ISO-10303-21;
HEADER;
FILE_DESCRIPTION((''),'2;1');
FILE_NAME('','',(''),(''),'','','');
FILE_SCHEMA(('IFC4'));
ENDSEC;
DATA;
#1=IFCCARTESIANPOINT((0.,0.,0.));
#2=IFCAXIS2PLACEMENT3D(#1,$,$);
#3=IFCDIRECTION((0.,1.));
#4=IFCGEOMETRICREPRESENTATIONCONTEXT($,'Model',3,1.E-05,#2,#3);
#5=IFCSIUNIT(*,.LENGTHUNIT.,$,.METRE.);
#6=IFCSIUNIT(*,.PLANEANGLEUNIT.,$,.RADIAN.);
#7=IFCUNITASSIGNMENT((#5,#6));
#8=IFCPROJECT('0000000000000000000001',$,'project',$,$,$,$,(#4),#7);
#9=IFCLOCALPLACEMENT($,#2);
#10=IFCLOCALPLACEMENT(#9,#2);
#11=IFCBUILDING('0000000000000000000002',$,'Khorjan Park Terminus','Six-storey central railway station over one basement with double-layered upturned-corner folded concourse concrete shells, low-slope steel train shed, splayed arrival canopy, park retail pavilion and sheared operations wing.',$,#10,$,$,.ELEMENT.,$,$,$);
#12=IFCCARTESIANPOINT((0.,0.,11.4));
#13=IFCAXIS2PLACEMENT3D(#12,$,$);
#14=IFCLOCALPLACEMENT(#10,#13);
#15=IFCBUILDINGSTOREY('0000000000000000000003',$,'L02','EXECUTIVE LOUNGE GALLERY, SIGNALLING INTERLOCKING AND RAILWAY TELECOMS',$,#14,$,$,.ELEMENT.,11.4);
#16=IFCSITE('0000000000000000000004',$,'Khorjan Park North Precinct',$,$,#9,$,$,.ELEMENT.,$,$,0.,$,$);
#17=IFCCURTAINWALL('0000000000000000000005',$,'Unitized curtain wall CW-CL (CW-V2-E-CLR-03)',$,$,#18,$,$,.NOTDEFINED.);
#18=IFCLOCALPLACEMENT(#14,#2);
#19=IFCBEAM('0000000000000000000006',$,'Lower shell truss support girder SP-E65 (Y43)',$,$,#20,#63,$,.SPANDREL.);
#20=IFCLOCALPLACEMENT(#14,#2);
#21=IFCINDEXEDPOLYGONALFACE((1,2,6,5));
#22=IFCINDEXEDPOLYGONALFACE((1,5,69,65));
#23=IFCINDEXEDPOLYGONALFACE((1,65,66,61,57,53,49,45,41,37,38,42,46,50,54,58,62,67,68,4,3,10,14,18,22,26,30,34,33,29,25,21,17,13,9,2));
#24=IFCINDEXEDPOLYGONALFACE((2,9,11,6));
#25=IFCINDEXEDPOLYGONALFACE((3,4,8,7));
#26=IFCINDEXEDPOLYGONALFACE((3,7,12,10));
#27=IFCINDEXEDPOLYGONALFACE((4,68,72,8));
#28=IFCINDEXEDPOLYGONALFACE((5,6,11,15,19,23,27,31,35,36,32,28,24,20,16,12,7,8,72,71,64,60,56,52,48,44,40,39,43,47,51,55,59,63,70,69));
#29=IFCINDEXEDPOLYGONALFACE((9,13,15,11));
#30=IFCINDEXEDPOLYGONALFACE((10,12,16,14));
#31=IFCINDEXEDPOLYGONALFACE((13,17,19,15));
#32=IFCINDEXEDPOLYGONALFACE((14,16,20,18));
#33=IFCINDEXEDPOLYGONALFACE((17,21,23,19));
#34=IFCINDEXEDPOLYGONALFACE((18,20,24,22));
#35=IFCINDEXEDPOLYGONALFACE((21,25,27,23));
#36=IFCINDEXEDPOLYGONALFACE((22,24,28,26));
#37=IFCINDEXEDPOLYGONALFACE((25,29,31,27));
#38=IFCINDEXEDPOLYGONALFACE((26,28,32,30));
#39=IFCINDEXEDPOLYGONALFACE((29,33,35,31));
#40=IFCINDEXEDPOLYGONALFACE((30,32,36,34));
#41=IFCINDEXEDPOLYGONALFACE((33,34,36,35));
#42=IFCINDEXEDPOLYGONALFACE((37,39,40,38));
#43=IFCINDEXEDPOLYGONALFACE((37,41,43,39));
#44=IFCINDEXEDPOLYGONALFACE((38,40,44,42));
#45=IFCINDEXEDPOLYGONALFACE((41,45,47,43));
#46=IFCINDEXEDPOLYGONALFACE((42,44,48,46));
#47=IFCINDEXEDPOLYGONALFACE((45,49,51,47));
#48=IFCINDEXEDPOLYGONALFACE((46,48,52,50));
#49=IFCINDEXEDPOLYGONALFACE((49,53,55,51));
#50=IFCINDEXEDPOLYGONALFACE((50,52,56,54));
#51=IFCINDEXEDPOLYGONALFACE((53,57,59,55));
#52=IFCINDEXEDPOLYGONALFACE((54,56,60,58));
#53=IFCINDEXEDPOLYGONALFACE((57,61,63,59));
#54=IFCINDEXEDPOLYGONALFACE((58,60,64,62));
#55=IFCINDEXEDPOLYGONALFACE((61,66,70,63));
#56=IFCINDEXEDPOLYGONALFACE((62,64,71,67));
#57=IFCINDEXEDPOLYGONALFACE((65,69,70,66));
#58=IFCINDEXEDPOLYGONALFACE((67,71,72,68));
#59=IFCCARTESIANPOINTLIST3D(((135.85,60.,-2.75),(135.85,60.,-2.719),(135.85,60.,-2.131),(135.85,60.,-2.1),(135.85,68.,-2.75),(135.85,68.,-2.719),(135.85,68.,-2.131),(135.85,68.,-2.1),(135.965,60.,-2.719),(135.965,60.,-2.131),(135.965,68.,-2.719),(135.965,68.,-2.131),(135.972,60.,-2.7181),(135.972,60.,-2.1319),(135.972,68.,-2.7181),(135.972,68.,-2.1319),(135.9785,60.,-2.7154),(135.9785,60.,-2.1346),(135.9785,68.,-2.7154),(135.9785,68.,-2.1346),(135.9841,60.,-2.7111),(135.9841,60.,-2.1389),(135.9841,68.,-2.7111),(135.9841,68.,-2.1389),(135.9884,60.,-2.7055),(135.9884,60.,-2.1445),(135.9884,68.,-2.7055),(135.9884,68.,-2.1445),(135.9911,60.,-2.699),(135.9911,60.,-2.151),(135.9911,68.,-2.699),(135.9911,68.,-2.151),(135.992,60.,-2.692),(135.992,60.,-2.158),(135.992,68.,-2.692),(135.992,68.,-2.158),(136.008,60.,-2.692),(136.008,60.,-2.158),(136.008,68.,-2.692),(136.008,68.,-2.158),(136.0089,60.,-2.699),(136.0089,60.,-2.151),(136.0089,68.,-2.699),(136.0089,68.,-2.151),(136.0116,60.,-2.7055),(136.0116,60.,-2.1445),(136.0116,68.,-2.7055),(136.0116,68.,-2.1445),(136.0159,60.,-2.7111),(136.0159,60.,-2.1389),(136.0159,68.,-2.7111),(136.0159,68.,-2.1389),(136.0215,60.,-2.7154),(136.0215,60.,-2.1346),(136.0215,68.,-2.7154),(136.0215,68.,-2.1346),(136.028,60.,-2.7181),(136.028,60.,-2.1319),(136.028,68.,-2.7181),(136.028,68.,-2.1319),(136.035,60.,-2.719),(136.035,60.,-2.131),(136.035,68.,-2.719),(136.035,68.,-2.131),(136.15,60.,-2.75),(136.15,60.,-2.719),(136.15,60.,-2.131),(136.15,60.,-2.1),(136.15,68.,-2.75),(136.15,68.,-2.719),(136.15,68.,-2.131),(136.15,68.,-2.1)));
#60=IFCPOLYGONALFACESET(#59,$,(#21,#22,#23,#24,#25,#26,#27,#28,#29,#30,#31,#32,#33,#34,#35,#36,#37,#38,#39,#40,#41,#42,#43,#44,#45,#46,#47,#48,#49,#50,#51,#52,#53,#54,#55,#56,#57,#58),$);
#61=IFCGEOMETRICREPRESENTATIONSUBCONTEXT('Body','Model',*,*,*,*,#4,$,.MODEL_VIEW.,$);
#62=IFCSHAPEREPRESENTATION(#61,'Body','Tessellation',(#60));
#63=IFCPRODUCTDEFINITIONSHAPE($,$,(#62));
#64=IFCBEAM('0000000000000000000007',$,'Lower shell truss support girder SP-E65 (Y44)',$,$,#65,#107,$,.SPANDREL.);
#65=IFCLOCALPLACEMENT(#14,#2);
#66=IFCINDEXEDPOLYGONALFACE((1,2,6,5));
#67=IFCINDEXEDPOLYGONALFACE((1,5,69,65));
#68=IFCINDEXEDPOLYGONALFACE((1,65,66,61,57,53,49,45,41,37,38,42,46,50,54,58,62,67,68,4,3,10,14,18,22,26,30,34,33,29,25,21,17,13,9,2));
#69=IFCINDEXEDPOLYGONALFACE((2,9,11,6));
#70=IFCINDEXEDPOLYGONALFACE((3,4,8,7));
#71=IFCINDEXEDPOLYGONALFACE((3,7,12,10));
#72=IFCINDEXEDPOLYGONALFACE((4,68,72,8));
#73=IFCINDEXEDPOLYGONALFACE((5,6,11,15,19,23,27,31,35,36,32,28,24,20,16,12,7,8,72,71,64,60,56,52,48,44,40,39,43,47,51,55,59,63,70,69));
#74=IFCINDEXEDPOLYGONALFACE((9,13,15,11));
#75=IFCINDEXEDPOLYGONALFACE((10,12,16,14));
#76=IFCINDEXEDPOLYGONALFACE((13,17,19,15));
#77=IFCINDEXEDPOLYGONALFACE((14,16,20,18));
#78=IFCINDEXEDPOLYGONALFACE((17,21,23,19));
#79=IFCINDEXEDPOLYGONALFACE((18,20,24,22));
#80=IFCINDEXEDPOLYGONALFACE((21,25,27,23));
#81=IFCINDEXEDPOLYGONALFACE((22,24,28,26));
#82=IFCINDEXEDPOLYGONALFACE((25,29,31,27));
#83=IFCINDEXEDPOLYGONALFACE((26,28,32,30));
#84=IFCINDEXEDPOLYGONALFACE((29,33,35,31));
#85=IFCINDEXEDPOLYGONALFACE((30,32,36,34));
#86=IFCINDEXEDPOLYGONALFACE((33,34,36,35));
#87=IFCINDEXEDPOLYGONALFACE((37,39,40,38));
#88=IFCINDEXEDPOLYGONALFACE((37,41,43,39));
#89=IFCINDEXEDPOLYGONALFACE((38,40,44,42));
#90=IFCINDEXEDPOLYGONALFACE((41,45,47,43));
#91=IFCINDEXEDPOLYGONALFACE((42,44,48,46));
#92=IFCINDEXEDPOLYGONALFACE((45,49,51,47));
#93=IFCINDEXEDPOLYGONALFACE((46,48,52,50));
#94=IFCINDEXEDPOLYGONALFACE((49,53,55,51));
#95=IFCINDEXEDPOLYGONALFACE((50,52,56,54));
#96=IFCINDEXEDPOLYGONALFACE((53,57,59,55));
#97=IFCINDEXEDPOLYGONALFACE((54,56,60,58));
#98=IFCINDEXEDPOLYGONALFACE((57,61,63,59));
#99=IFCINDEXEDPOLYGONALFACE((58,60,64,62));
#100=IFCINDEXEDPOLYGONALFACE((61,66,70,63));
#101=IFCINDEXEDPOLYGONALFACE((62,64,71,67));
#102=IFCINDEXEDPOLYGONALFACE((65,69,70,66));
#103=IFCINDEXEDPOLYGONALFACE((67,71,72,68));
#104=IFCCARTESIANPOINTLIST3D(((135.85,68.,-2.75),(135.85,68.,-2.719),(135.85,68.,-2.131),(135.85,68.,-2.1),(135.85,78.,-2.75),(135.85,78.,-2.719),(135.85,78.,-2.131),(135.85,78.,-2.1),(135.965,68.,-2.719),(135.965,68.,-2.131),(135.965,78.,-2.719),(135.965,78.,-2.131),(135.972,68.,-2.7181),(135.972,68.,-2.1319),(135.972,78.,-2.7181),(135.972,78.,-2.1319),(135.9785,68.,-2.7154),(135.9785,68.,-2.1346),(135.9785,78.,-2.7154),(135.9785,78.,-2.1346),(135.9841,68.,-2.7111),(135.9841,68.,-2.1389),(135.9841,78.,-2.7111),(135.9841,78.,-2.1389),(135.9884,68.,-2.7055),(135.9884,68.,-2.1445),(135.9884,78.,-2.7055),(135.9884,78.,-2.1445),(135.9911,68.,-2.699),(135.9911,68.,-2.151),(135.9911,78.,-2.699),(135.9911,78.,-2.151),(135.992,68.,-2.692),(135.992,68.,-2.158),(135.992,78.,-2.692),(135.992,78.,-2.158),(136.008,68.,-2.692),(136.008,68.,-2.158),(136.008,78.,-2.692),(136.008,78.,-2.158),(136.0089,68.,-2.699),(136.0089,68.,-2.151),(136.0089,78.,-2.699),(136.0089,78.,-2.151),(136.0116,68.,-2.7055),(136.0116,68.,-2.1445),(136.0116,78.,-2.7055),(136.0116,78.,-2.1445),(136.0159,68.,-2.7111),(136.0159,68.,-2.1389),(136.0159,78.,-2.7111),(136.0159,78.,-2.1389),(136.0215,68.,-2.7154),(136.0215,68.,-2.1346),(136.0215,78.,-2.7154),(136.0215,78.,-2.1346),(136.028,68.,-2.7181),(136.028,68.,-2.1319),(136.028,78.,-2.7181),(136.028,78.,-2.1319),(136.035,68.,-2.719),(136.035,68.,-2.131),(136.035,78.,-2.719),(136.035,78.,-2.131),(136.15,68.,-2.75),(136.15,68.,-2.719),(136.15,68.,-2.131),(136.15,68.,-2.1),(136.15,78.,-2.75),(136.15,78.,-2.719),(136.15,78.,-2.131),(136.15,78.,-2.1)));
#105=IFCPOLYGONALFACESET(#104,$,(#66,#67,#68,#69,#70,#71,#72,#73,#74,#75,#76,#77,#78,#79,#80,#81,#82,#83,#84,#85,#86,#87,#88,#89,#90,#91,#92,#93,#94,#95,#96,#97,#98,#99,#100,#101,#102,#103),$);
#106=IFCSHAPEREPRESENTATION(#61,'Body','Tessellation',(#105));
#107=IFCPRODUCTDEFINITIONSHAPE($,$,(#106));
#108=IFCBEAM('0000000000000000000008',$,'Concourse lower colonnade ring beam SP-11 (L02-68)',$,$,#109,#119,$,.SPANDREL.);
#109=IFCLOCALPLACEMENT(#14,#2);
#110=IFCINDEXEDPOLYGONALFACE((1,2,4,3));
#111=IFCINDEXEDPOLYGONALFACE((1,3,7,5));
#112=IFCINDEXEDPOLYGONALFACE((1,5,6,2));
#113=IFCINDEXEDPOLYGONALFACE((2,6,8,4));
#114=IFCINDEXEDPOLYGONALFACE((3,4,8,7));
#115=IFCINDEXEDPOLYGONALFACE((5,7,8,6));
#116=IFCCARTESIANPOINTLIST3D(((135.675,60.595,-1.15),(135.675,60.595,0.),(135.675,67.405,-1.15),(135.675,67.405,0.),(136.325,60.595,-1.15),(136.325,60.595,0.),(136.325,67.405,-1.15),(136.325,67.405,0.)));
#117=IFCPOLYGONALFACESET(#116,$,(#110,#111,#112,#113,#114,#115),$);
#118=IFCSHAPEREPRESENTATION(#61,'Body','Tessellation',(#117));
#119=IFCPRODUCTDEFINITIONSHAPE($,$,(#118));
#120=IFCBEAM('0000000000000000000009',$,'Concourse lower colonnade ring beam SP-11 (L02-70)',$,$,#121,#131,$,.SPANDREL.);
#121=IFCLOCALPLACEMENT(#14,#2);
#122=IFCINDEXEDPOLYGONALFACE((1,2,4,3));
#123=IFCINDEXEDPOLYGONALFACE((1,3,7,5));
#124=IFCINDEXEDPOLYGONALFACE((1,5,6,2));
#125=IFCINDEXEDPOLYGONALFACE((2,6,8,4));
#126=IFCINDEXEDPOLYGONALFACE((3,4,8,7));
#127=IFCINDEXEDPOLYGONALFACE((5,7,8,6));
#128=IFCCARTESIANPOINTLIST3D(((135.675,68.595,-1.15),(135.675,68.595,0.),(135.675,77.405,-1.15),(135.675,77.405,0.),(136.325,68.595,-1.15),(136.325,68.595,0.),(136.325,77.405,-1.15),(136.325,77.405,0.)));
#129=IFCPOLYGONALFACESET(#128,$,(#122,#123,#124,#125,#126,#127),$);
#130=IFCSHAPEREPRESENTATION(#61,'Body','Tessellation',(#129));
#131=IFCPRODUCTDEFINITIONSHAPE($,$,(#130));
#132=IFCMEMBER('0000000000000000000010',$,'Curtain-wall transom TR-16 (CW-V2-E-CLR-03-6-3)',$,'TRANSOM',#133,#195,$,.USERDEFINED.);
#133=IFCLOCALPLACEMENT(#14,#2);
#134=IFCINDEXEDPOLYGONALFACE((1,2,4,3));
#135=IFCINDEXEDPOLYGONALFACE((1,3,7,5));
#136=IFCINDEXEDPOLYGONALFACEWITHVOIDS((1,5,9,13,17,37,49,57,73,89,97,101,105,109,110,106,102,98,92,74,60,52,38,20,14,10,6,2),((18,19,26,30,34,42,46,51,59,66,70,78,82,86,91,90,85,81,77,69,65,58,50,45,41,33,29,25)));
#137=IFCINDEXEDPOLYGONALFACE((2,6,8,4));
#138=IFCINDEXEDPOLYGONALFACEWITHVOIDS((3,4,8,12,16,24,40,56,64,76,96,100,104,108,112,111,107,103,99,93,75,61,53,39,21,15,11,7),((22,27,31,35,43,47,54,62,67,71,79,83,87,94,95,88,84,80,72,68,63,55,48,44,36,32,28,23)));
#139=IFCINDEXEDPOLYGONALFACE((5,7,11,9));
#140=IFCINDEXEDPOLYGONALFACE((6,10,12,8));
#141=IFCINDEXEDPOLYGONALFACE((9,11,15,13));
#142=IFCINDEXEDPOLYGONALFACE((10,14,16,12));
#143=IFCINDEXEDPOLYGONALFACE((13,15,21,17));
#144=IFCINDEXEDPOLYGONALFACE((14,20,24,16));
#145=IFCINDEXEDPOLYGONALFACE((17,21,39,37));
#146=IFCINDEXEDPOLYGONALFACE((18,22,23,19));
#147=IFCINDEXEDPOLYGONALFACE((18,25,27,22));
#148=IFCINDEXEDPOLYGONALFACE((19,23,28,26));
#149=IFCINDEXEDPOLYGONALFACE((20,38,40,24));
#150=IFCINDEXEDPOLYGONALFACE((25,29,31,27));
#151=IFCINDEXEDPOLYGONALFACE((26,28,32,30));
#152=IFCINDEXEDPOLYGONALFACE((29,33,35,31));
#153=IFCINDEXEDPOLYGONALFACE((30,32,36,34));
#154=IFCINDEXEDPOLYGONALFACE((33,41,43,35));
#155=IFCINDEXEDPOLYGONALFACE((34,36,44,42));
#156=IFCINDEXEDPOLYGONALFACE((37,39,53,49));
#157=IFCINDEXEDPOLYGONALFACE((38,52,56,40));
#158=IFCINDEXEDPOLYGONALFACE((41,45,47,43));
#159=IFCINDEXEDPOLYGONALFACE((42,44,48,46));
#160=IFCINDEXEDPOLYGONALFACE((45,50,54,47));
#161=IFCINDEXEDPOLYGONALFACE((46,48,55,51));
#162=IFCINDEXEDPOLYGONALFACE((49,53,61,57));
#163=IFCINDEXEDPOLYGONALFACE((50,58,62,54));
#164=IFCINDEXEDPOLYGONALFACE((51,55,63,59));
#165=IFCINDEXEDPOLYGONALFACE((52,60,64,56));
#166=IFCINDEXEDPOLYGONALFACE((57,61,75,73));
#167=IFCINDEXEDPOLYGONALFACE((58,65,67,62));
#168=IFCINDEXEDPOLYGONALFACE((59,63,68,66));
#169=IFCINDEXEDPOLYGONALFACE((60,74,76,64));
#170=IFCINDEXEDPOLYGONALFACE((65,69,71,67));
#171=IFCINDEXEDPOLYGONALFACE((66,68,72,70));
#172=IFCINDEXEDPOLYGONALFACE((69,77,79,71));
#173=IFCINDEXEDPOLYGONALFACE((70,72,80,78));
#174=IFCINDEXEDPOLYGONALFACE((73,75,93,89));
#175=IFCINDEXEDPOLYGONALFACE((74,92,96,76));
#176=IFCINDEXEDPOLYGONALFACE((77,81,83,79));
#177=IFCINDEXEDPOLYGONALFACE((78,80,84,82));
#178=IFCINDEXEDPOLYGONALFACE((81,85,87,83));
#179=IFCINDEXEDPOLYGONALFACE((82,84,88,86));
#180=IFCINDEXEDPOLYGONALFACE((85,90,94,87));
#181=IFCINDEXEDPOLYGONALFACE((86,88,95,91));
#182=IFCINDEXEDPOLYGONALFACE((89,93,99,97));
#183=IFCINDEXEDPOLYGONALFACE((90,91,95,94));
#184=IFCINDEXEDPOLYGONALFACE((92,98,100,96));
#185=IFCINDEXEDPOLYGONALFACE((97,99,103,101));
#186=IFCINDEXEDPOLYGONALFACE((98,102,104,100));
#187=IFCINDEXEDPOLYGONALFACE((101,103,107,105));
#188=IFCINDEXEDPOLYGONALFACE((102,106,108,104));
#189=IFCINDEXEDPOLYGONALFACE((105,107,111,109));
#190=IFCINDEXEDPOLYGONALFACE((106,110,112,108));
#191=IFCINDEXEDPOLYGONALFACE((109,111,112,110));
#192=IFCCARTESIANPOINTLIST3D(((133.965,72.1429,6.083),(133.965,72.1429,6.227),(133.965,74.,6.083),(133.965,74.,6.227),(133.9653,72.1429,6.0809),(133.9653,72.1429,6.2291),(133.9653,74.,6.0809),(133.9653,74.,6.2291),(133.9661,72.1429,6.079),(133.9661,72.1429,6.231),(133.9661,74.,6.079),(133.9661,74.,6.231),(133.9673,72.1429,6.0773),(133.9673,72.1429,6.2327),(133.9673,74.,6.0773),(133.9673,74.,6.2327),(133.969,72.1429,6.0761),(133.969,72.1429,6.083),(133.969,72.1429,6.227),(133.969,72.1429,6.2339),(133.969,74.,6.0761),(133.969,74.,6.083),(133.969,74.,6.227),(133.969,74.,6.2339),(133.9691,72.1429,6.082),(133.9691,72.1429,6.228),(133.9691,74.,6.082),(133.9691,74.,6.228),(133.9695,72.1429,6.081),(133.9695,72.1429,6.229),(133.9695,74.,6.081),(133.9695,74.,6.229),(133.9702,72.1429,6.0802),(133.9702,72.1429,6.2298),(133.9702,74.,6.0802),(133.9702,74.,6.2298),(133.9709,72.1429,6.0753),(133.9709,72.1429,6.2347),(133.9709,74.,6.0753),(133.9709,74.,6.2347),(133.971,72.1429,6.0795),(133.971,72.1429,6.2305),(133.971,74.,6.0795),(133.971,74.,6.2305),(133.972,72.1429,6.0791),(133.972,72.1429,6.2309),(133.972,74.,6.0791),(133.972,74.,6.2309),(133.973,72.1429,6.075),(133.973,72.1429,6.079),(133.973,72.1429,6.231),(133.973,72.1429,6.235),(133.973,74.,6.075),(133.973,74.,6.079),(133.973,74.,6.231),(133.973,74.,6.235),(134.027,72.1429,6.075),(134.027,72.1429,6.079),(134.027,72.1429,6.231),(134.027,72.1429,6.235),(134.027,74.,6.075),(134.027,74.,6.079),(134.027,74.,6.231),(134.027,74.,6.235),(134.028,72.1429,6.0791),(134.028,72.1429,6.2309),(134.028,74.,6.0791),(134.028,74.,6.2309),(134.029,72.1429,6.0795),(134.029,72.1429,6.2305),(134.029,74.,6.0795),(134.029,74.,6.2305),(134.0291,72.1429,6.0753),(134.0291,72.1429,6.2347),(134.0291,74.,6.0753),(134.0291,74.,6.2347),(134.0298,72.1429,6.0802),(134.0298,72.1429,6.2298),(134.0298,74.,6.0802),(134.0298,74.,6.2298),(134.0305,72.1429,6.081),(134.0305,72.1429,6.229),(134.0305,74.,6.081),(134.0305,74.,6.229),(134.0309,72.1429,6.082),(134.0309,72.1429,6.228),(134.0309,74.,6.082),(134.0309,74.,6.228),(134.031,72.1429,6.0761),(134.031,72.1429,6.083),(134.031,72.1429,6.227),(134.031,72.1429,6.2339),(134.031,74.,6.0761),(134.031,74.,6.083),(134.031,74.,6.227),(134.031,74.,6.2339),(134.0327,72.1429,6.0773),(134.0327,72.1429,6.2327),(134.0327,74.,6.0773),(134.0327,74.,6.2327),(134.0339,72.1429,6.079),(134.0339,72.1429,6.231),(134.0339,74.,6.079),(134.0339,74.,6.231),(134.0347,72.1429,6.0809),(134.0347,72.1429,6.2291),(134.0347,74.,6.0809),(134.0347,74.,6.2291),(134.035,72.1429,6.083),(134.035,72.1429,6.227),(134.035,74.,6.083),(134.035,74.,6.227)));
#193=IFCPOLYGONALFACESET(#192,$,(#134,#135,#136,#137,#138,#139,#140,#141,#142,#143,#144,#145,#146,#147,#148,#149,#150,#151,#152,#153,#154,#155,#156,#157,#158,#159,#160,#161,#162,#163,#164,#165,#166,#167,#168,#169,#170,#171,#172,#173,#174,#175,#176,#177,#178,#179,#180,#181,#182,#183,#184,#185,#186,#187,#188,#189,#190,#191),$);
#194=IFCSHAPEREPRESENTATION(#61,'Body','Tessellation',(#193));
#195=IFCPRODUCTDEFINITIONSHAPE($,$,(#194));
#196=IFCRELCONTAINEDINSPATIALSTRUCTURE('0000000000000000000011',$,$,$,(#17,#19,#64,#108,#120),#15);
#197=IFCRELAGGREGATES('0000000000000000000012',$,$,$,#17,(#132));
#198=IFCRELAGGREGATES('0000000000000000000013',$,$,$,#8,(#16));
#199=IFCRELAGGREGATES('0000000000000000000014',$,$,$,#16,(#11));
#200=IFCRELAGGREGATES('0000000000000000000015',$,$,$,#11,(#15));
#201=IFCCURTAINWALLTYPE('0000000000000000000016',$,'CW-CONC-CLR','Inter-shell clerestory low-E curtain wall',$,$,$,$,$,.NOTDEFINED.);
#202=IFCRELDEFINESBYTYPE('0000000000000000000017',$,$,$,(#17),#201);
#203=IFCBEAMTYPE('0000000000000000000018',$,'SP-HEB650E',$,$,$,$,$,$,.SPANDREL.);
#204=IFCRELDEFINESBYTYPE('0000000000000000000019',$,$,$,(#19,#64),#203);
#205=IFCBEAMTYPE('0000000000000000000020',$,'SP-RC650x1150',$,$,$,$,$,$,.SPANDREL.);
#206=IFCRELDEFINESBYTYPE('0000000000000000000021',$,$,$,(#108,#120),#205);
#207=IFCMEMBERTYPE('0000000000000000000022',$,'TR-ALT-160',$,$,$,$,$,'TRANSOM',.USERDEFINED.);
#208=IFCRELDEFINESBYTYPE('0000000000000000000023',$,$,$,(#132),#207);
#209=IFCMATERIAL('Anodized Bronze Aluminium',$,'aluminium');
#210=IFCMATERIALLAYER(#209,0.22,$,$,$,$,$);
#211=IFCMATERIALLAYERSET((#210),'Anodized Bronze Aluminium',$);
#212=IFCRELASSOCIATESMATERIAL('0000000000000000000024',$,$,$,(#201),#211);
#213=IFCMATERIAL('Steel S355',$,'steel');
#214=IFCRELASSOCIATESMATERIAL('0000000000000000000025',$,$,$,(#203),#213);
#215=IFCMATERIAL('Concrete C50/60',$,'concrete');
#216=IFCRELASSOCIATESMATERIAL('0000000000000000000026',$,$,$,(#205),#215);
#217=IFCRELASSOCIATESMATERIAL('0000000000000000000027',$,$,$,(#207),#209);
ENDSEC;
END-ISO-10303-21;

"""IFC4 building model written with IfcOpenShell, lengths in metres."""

from ifc_helpers import new_model, si_unit, direction, frame, origin, origin_2d, place, context, subcontext, project, spatial, rectangle, hollow_rectangle, i_section, extrude, material, layer, layer_set, material_profile, profile_set, type_object, element, aggregate, save


model = new_model("IFC4")

# Units and contexts
model_context = context("Model", 3, precision=1e-05, world=origin(), true_north=direction((0.0, 1.0)))
body_context = subcontext(model_context, "Body", "Model", "MODEL_VIEW")
ifc_project = project(units=[si_unit("LENGTHUNIT", "METRE"), si_unit("PLANEANGLEUNIT", "RADIAN")], contexts=[model_context])

# Site, building, storey
site_placement = place(None, origin())
site = spatial("IfcSite", under=ifc_project, at=site_placement, Name="Khorjan Park North Precinct", CompositionType="ELEMENT", RefElevation=0.0)
building_placement = place(site_placement, origin())
building = spatial("IfcBuilding", under=site, at=building_placement, Name="Khorjan Park Terminus", Description="Six-storey central railway station over one basement with double-layered upturned-corner folded concourse concrete shells, low-slope steel train shed, splayed arrival canopy, park retail pavilion and sheared operations wing.", CompositionType="ELEMENT")
storey_placement = place(building_placement, frame((0.0, 0.0, 11.4)))
storey = spatial("IfcBuildingStorey", under=building, at=storey_placement, Name="L02", Description="EXECUTIVE LOUNGE GALLERY, SIGNALLING INTERLOCKING AND RAILWAY TELECOMS", CompositionType="ELEMENT", Elevation=11.4)

# Shared definitions
ifc_material_1 = material(Name="Concrete C50/60", Category="concrete")

# Shared definitions
ifc_material_2 = material(Name="Steel S355", Category="steel")

# Curtain wall
ifc_material_3 = material(Name="Anodized Bronze Aluminium", Category="aluminium")
ifc_layer_1 = layer(ifc_material_3, 0.22)
ifc_layer_set_1 = layer_set([ifc_layer_1], Name="Anodized Bronze Aluminium")
curtain_wall_type = type_object("IfcCurtainWallType", Name="CW-CONC-CLR", Description="Inter-shell clerestory low-E curtain wall", PredefinedType="NOTDEFINED", material=ifc_layer_set_1)
curtain_wall_1_placement = place(storey_placement, origin())
curtain_wall_1 = element("IfcCurtainWall", 1, at=curtain_wall_1_placement, inside=storey, type_object=curtain_wall_type, Name="Unitized curtain wall CW-CL (CW-V2-E-CLR-03)", PredefinedType="NOTDEFINED")

# Beams
ifc_material_profile_1 = material_profile(ifc_material_2, i_section(OverallWidth=0.3, OverallDepth=0.65, WebThickness=0.016, FlangeThickness=0.031, FilletRadius=0.027, at=origin_2d()), Name="HEB 650")
ifc_profile_set_1 = profile_set([ifc_material_profile_1], Name="Steel S355")
beam_type_1 = type_object("IfcBeamType", Name="SP-HEB650E", PredefinedType="SPANDREL", material=ifc_profile_set_1)
beam_1_placement = place(storey_placement, frame((136.0, 60.0, -2.425), z_axis=(0.0, 1.0, 0.0), x_axis=(-1.0, 0.0, 0.0)))
element("IfcBeam", 2, at=beam_1_placement, inside=storey, type_object=beam_type_1, Name="Lower shell truss support girder SP-E65 (Y43)", PredefinedType="SPANDREL", context=body_context, shape_type="SweptSolid", body=[
    extrude(i_section(OverallWidth=0.3, OverallDepth=0.65, WebThickness=0.016, FlangeThickness=0.031, FilletRadius=0.027, at=origin_2d()), origin(), (0.0, 0.0, 1.0), 8.0),
])
beam_2_placement = place(storey_placement, frame((136.0, 68.0, -2.425), z_axis=(0.0, 1.0, 0.0), x_axis=(-1.0, 0.0, 0.0)))
element("IfcBeam", 3, at=beam_2_placement, inside=storey, type_object=beam_type_1, Name="Lower shell truss support girder SP-E65 (Y44)", PredefinedType="SPANDREL", context=body_context, shape_type="SweptSolid", body=[
    extrude(i_section(OverallWidth=0.3, OverallDepth=0.65, WebThickness=0.016, FlangeThickness=0.031, FilletRadius=0.027, at=origin_2d()), origin(), (0.0, 0.0, 1.0), 10.0),
])
ifc_material_profile_2 = material_profile(ifc_material_1, rectangle(XDim=0.65, YDim=1.15, at=origin_2d()), Name="RC 650x1150")
ifc_profile_set_2 = profile_set([ifc_material_profile_2], Name="Concrete C50/60")
beam_type_2 = type_object("IfcBeamType", Name="SP-RC650x1150", PredefinedType="SPANDREL", material=ifc_profile_set_2)
beam_3_placement = place(storey_placement, frame((136.0, 60.595, -0.575), z_axis=(0.0, 1.0, 0.0), x_axis=(-1.0, 0.0, 0.0)))
element("IfcBeam", 4, at=beam_3_placement, inside=storey, type_object=beam_type_2, Name="Concourse lower colonnade ring beam SP-11 (L02-68)", PredefinedType="SPANDREL", context=body_context, shape_type="SweptSolid", body=[
    extrude(rectangle(XDim=0.65, YDim=1.15, at=origin_2d()), origin(), (0.0, 0.0, 1.0), 6.81),
])
beam_4_placement = place(storey_placement, frame((136.0, 68.595, -0.575), z_axis=(0.0, 1.0, 0.0), x_axis=(-1.0, 0.0, 0.0)))
element("IfcBeam", 5, at=beam_4_placement, inside=storey, type_object=beam_type_2, Name="Concourse lower colonnade ring beam SP-11 (L02-70)", PredefinedType="SPANDREL", context=body_context, shape_type="SweptSolid", body=[
    extrude(rectangle(XDim=0.65, YDim=1.15, at=origin_2d()), origin(), (0.0, 0.0, 1.0), 8.81),
])

# Member
ifc_material_profile_3 = material_profile(ifc_material_3, hollow_rectangle(XDim=0.07, YDim=0.16, WallThickness=0.004, InnerFilletRadius=0.004, OuterFilletRadius=0.008, at=origin_2d()), Name="ALT 70x160x4")
ifc_profile_set_3 = profile_set([ifc_material_profile_3], Name="Anodized Bronze Aluminium")
member_type_1 = type_object("IfcMemberType", Name="TR-ALT-160", ElementType="TRANSOM", PredefinedType="USERDEFINED", material=ifc_profile_set_3)
member_1_placement = place(storey_placement, frame((134.0, 72.1429, 6.155), z_axis=(0.0, 1.0, 0.0), x_axis=(-1.0, 0.0, 0.0)))
member_1 = element("IfcMember", 6, at=member_1_placement, type_object=member_type_1, Name="Curtain-wall transom TR-16 (CW-V2-E-CLR-03-6-3)", ObjectType="TRANSOM", PredefinedType="USERDEFINED", context=body_context, shape_type="SweptSolid", body=[
    extrude(hollow_rectangle(XDim=0.07, YDim=0.16, WallThickness=0.004, InnerFilletRadius=0.004, OuterFilletRadius=0.008, at=origin_2d()), origin(), (0.0, 0.0, 1.0), 1.8571),
])

aggregate(curtain_wall_1, [member_1])

save(model, "model.ifc")
